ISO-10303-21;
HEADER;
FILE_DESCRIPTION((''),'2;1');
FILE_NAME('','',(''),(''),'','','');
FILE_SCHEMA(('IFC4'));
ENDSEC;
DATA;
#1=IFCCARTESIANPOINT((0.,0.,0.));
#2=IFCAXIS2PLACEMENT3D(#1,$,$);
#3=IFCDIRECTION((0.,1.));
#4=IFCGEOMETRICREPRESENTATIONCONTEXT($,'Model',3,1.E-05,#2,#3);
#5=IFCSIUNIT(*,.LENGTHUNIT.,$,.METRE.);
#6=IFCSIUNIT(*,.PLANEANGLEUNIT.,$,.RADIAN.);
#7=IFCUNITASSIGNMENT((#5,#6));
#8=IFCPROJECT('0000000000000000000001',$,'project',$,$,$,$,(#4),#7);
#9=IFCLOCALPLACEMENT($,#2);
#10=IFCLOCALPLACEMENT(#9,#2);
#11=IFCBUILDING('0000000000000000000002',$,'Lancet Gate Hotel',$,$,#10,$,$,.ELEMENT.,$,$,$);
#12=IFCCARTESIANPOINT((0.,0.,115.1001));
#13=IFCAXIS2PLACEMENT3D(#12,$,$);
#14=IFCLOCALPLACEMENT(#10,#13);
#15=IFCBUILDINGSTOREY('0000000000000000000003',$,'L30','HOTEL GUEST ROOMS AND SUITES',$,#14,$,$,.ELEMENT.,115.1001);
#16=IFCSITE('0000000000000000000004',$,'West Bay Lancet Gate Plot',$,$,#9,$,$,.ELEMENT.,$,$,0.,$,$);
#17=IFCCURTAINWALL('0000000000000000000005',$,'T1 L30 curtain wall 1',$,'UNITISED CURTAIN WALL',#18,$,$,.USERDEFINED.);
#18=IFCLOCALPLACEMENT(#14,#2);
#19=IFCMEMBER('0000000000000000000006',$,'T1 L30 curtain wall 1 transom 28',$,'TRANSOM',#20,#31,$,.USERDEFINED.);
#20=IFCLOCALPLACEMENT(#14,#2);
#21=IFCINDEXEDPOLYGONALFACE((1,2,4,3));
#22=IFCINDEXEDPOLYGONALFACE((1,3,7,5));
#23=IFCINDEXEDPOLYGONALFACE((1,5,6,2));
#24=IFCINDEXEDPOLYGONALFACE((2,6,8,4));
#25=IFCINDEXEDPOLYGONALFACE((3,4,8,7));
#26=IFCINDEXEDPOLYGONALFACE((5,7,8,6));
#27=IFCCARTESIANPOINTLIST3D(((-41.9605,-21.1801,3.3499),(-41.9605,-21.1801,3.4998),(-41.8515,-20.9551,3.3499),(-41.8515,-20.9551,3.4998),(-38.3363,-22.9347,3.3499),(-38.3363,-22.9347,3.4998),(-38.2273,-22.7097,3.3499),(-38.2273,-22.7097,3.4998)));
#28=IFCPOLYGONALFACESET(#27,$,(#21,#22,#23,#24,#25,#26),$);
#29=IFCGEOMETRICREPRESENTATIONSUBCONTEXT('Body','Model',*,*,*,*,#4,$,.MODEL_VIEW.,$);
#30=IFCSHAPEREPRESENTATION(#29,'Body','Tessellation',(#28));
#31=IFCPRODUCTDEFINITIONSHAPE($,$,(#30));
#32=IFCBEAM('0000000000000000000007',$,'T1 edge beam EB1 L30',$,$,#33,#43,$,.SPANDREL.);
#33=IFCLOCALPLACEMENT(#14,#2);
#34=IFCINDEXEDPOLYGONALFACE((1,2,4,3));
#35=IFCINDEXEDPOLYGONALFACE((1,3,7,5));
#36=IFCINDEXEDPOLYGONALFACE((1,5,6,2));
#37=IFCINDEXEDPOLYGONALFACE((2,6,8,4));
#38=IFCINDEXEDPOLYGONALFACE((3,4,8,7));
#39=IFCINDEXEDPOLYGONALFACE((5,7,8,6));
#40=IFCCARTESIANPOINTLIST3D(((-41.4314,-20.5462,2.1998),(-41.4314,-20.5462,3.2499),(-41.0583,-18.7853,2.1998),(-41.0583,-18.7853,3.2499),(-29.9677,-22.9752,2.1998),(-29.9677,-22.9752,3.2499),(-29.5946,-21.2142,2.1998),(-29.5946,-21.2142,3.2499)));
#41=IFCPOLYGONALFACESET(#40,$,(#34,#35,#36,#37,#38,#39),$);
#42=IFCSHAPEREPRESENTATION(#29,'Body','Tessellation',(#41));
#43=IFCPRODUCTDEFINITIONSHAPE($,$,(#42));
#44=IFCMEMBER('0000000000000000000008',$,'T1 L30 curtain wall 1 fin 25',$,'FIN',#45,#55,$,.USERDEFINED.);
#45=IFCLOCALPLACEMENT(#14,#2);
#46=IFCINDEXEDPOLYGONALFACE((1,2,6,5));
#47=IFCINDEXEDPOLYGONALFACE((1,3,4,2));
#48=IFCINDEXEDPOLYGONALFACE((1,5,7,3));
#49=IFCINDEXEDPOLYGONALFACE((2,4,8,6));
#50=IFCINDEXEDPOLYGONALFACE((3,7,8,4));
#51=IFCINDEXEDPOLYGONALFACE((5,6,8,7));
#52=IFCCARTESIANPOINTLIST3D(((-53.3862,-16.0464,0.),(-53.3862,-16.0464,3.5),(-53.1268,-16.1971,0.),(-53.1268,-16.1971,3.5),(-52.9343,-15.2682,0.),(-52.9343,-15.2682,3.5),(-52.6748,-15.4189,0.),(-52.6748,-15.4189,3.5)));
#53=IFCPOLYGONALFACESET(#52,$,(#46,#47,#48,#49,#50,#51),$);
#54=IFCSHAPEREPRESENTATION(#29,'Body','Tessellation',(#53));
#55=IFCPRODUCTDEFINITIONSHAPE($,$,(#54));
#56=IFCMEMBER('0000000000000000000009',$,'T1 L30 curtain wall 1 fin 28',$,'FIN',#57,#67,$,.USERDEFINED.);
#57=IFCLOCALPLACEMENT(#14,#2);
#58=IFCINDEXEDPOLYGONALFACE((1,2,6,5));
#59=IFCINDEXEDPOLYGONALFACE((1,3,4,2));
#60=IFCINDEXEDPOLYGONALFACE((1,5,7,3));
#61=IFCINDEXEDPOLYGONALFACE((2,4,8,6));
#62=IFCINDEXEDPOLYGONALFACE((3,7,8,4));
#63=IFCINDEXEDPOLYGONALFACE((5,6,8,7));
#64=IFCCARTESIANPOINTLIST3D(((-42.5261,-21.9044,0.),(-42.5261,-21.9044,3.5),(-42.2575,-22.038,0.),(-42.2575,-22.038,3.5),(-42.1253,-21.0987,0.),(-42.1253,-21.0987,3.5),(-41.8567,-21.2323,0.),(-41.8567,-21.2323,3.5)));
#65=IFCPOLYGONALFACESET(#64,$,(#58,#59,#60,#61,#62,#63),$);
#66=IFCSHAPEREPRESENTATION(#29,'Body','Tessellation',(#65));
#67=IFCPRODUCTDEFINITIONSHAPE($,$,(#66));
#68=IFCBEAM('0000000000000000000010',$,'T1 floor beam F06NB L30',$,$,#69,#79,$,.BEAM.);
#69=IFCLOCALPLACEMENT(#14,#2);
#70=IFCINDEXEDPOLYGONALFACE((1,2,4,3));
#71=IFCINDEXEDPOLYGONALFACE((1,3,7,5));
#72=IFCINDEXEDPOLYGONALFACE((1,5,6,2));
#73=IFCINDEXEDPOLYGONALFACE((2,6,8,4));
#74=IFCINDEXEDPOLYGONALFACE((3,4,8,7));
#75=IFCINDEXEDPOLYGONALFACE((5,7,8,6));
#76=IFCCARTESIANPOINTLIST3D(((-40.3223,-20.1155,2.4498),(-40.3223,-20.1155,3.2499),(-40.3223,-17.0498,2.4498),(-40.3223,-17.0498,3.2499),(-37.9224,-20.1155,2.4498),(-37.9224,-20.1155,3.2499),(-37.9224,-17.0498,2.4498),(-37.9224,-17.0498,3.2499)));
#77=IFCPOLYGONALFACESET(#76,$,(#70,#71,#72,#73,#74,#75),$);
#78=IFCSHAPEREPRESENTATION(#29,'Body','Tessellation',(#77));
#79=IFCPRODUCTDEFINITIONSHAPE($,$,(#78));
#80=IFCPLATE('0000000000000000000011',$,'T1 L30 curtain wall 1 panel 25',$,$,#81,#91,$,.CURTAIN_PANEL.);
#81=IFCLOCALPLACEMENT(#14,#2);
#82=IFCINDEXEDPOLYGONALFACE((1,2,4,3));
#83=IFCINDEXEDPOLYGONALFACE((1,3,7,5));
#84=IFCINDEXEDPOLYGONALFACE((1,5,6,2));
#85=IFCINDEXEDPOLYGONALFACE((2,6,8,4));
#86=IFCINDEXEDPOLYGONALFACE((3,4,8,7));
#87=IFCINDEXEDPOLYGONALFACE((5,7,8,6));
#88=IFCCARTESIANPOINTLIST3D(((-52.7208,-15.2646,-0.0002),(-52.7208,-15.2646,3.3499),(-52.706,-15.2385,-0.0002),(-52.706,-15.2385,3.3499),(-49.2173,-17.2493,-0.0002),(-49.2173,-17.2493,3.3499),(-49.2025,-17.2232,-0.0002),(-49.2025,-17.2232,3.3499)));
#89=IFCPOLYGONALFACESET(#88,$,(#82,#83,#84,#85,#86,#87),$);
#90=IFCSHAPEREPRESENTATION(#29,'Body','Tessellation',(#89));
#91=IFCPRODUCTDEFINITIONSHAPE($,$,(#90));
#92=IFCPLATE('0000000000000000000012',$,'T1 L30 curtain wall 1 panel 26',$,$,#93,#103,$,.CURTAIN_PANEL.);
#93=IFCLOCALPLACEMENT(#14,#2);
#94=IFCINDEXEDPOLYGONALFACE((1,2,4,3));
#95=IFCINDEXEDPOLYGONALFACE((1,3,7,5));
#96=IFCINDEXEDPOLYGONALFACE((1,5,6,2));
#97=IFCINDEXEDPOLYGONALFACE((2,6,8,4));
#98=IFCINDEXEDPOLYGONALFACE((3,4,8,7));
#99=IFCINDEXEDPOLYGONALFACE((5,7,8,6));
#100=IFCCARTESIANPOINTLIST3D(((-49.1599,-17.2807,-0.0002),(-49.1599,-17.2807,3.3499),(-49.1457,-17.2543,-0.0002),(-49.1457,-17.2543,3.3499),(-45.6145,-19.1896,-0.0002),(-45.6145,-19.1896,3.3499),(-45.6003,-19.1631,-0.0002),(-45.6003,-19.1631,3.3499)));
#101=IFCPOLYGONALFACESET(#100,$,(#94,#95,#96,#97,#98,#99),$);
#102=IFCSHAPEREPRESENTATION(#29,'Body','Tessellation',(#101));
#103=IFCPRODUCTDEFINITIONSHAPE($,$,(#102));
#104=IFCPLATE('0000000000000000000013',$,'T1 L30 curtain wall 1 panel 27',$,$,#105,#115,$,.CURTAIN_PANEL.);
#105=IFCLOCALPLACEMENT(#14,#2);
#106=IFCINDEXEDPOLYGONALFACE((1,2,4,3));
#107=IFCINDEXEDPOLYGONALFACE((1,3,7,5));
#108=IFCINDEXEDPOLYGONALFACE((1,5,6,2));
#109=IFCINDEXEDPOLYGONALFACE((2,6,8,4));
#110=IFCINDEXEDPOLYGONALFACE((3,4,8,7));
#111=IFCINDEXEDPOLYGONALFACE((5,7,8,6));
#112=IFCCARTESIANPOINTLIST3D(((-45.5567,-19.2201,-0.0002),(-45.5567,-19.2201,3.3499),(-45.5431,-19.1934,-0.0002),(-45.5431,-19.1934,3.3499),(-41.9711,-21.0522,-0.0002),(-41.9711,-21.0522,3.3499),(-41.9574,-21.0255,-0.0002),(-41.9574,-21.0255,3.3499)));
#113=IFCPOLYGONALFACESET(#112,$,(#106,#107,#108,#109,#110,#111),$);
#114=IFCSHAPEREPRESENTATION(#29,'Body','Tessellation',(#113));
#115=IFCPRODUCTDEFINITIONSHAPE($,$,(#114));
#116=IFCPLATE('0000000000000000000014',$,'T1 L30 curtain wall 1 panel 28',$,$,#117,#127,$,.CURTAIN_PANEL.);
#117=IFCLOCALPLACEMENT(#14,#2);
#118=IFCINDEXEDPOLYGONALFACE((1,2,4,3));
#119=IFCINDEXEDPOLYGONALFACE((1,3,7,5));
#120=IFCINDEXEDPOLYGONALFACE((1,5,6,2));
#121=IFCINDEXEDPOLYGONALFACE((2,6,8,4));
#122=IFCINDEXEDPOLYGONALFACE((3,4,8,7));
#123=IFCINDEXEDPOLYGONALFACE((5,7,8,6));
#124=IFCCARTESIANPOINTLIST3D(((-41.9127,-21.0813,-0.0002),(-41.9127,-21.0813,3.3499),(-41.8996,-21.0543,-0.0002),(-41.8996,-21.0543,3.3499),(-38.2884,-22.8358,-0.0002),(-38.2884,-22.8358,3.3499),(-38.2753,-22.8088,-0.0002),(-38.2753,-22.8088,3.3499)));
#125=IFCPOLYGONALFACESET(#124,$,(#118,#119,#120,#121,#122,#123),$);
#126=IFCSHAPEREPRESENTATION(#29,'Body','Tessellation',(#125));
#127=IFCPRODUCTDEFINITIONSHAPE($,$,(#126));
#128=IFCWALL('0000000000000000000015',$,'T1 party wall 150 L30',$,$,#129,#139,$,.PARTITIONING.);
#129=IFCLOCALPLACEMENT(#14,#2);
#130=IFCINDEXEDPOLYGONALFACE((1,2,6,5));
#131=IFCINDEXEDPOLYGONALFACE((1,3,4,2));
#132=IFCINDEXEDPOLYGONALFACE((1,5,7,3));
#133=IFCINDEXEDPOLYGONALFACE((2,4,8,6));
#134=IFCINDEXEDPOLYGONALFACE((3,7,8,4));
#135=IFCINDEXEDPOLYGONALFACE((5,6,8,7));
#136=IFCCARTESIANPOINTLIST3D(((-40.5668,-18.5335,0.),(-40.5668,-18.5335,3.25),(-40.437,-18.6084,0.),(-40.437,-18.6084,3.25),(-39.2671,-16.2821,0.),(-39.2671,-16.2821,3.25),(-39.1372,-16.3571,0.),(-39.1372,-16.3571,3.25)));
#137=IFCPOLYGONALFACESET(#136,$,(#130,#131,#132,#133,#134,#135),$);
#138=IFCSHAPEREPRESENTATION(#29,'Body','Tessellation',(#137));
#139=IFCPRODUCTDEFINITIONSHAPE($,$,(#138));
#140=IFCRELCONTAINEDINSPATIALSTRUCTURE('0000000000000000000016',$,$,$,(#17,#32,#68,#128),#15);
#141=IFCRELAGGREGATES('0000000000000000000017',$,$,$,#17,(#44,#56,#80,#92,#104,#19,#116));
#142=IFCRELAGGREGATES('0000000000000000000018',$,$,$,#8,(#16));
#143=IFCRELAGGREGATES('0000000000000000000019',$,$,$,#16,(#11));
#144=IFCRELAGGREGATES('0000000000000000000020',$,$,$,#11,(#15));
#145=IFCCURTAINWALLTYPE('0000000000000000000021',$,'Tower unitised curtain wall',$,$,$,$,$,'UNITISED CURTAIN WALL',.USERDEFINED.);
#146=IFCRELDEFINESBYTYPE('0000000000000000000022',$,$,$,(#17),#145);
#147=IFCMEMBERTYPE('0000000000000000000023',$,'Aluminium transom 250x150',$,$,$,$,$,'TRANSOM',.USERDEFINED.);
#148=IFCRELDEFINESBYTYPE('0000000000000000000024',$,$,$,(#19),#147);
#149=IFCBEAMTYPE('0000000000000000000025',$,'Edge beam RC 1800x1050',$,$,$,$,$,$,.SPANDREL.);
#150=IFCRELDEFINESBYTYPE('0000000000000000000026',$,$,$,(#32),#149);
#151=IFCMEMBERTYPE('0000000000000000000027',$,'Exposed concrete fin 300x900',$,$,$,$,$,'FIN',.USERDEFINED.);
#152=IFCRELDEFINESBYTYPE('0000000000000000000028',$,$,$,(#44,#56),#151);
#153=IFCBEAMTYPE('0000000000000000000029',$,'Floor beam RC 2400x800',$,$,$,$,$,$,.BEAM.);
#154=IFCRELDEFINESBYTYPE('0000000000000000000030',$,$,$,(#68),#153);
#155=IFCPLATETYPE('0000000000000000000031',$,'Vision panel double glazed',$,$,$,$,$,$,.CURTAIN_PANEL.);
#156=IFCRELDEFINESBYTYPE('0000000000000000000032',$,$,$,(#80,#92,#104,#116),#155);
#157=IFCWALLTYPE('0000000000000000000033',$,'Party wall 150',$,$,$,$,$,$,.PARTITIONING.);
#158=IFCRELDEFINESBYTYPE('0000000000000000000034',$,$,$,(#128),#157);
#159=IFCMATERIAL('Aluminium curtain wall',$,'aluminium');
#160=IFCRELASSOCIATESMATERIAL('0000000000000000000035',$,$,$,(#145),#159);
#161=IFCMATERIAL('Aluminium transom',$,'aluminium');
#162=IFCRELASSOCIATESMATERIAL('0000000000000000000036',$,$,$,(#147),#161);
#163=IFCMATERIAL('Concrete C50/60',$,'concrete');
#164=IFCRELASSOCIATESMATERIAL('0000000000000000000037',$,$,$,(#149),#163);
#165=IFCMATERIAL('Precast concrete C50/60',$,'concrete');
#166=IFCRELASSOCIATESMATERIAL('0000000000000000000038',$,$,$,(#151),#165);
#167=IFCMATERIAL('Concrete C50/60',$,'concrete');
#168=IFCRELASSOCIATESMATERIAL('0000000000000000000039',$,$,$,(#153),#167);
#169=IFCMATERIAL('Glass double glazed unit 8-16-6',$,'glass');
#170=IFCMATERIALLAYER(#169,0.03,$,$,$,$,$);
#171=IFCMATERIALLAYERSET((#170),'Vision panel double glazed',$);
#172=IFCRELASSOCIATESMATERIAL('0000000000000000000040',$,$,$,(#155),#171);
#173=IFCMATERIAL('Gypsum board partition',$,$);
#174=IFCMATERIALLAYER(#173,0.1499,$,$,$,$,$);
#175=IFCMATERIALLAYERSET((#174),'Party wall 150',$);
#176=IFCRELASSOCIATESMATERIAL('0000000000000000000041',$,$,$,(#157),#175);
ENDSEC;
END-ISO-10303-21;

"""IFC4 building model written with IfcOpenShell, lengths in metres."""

from ifc_helpers import new_model, si_unit, direction, frame, frame_2d, origin, origin_2d, place, context, subcontext, project, spatial, rectangle, extrude, material, layer, layer_set, material_profile, profile_set, type_object, element, aggregate, save


model = new_model("IFC4")

# Units and contexts
model_context = context("Model", 3, precision=1e-05, world=origin(), true_north=direction((0.0, 1.0)))
body_context = subcontext(model_context, "Body", "Model", "MODEL_VIEW")
ifc_project = project(units=[si_unit("LENGTHUNIT", "METRE"), si_unit("PLANEANGLEUNIT", "RADIAN")], contexts=[model_context])

# Site, building, storey
site_placement = place(None, origin())
site = spatial("IfcSite", under=ifc_project, at=site_placement, Name="West Bay Lancet Gate Plot", CompositionType="ELEMENT", RefElevation=0.0)
building_placement = place(site_placement, origin())
building = spatial("IfcBuilding", under=site, at=building_placement, Name="Lancet Gate Hotel", CompositionType="ELEMENT")
storey_placement = place(building_placement, frame((0.0, 0.0, 115.1001)))
storey = spatial("IfcBuildingStorey", under=building, at=storey_placement, Name="L30", Description="HOTEL GUEST ROOMS AND SUITES", CompositionType="ELEMENT", Elevation=115.1001)

# Curtain wall, member
ifc_material_1 = material(Name="Aluminium curtain wall", Category="aluminium")
curtain_wall_type = type_object("IfcCurtainWallType", Name="Tower unitised curtain wall", ElementType="UNITISED CURTAIN WALL", PredefinedType="USERDEFINED", material=ifc_material_1)
curtain_wall_placement = place(storey_placement, origin())
curtain_wall = element("IfcCurtainWall", 1, at=curtain_wall_placement, inside=storey, type_object=curtain_wall_type, Name="T1 L30 curtain wall 1", ObjectType="UNITISED CURTAIN WALL", PredefinedType="USERDEFINED")
ifc_material_2 = material(Name="Aluminium transom", Category="aluminium")
ifc_material_profile_1 = material_profile(ifc_material_2, rectangle(XDim=0.25, YDim=0.1499, at=origin_2d()), Name="TRANSOM 250x150")
ifc_profile_set_1 = profile_set([ifc_material_profile_1], Name="Aluminium transom")
member_type_1 = type_object("IfcMemberType", Name="Aluminium transom 250x150", ElementType="TRANSOM", PredefinedType="USERDEFINED", material=ifc_profile_set_1)
member_1_placement = place(storey_placement, frame((-41.906, -21.0676, 3.4248), z_axis=(0.900066, -0.435754, 0.0), x_axis=(0.435754, 0.900066, 0.0)))
member_1 = element("IfcMember", 2, at=member_1_placement, type_object=member_type_1, Name="T1 L30 curtain wall 1 transom 28", ObjectType="TRANSOM", PredefinedType="USERDEFINED", context=body_context, shape_type="SweptSolid", body=[
    extrude(rectangle(XDim=0.25, YDim=0.1499, at=origin_2d()), origin(), (0.0, 0.0, 1.0), 4.0266),
])

# Beam
ifc_material_3 = material(Name="Concrete C50/60", Category="concrete")
ifc_material_profile_2 = material_profile(ifc_material_3, rectangle(XDim=1.8, YDim=1.05, at=origin_2d()), Name="RC 1800x1050")
ifc_profile_set_2 = profile_set([ifc_material_profile_2], Name="Concrete C50/60")
beam_type_1 = type_object("IfcBeamType", Name="Edge beam RC 1800x1050", PredefinedType="SPANDREL", material=ifc_profile_set_2)
beam_1_placement = place(storey_placement, frame((-41.2449, -19.6658, 2.7249), z_axis=(0.978282, -0.207278, 0.0), x_axis=(0.207278, 0.978282, 0.0)))
element("IfcBeam", 3, at=beam_1_placement, inside=storey, type_object=beam_type_1, Name="T1 edge beam EB1 L30", PredefinedType="SPANDREL", context=body_context, shape_type="SweptSolid", body=[
    extrude(rectangle(XDim=1.8, YDim=1.05, at=origin_2d()), origin(), (0.0, 0.0, 1.0), 11.7183),
])

# Members
ifc_material_4 = material(Name="Precast concrete C50/60", Category="concrete")
ifc_material_profile_3 = material_profile(ifc_material_4, rectangle(XDim=0.3, YDim=0.8999, at=origin_2d()), Name="FIN 300x900")
ifc_profile_set_3 = profile_set([ifc_material_profile_3], Name="Precast concrete C50/60")
member_type_2 = type_object("IfcMemberType", Name="Exposed concrete fin 300x900", ElementType="FIN", PredefinedType="USERDEFINED", material=ifc_profile_set_3)
member_2_placement = place(storey_placement, frame((-53.0305, -15.7327, 0.0), z_axis=(0.0, 0.0, 1.0), x_axis=(0.864728, -0.502241, 0.0)))
member_2 = element("IfcMember", 4, at=member_2_placement, type_object=member_type_2, Name="T1 L30 curtain wall 1 fin 25", ObjectType="FIN", PredefinedType="USERDEFINED", context=body_context, shape_type="SweptSolid", body=[
    extrude(rectangle(XDim=0.3, YDim=0.8999, at=origin_2d()), origin(), (0.0, 0.0, 1.0), 3.5),
])
member_3_placement = place(storey_placement, frame((-42.1914, -21.5684, 0.0), z_axis=(0.0, 0.0, 1.0), x_axis=(0.895339, -0.445384, 0.0)))
member_3 = element("IfcMember", 5, at=member_3_placement, type_object=member_type_2, Name="T1 L30 curtain wall 1 fin 28", ObjectType="FIN", PredefinedType="USERDEFINED", context=body_context, shape_type="SweptSolid", body=[
    extrude(rectangle(XDim=0.3, YDim=0.8999, at=origin_2d()), origin(), (0.0, 0.0, 1.0), 3.5),
])

# Beam
ifc_material_5 = material(Name="Concrete C50/60", Category="concrete")
ifc_material_profile_4 = material_profile(ifc_material_5, rectangle(XDim=2.3999, YDim=0.8, at=origin_2d()), Name="RC 2400x800")
ifc_profile_set_4 = profile_set([ifc_material_profile_4], Name="Concrete C50/60")
beam_type_2 = type_object("IfcBeamType", Name="Floor beam RC 2400x800", PredefinedType="BEAM", material=ifc_profile_set_4)
beam_2_placement = place(storey_placement, frame((-39.1223, -17.0498, 2.8499), z_axis=(0.0, -1.0, 0.0), x_axis=(1.0, 0.0, 0.0)))
element("IfcBeam", 6, at=beam_2_placement, inside=storey, type_object=beam_type_2, Name="T1 floor beam F06NB L30", PredefinedType="BEAM", context=body_context, shape_type="SweptSolid", body=[
    extrude(rectangle(XDim=2.3999, YDim=0.8, at=origin_2d()), origin(), (0.0, 0.0, 1.0), 3.0657),
])

# Plates
ifc_material_6 = material(Name="Glass double glazed unit 8-16-6", Category="glass")
ifc_layer_1 = layer(ifc_material_6, 0.03)
ifc_layer_set_1 = layer_set([ifc_layer_1], Name="Vision panel double glazed")
plate_type = type_object("IfcPlateType", Name="Vision panel double glazed", PredefinedType="CURTAIN_PANEL", material=ifc_layer_set_1)
plate_1_placement = place(storey_placement, frame((-50.9617, -16.2439, -0.0002), z_axis=(0.0, 0.0, 1.0), x_axis=(0.870084, -0.492904, 0.0)))
plate_1 = element("IfcPlate", 7, at=plate_1_placement, type_object=plate_type, Name="T1 L30 curtain wall 1 panel 25", PredefinedType="CURTAIN_PANEL", context=body_context, shape_type="SweptSolid", body=[
    extrude(rectangle(XDim=4.0266, YDim=0.03, at=origin_2d()), origin(), (0.0, 0.0, 1.0), 3.3501),
])
plate_2_placement = place(storey_placement, frame((-47.3801, -18.2219, -0.0002), z_axis=(0.0, 0.0, 1.0), x_axis=(0.880493, -0.47406, 0.0)))
plate_2 = element("IfcPlate", 8, at=plate_2_placement, type_object=plate_type, Name="T1 L30 curtain wall 1 panel 26", PredefinedType="CURTAIN_PANEL", context=body_context, shape_type="SweptSolid", body=[
    extrude(rectangle(XDim=4.0266, YDim=0.03, at=origin_2d()), origin(), (0.0, 0.0, 1.0), 3.3501),
])
plate_3_placement = place(storey_placement, frame((-43.7571, -20.1228, -0.0002), z_axis=(0.0, 0.0, 1.0), x_axis=(0.890493, -0.454996, 0.0)))
plate_3 = element("IfcPlate", 9, at=plate_3_placement, type_object=plate_type, Name="T1 L30 curtain wall 1 panel 27", PredefinedType="CURTAIN_PANEL", context=body_context, shape_type="SweptSolid", body=[
    extrude(rectangle(XDim=4.0266, YDim=0.03, at=origin_2d()), origin(), (0.0, 0.0, 1.0), 3.3501),
])
plate_4_placement = place(storey_placement, frame((-40.094, -21.9451, -0.0002), z_axis=(0.0, 0.0, 1.0), x_axis=(0.900082, -0.435721, 0.0)))
plate_4 = element("IfcPlate", 10, at=plate_4_placement, type_object=plate_type, Name="T1 L30 curtain wall 1 panel 28", PredefinedType="CURTAIN_PANEL", context=body_context, shape_type="SweptSolid", body=[
    extrude(rectangle(XDim=4.0266, YDim=0.03, at=origin_2d()), origin(), (0.0, 0.0, 1.0), 3.3501),
])
aggregate(curtain_wall, [member_2, member_3, plate_1, plate_2, plate_3, member_1, plate_4])

# Wall
ifc_material_7 = material(Name="Gypsum board partition")
ifc_layer_2 = layer(ifc_material_7, 0.1499)
ifc_layer_set_2 = layer_set([ifc_layer_2], Name="Party wall 150")
wall_type = type_object("IfcWallType", Name="Party wall 150", PredefinedType="PARTITIONING", material=ifc_layer_set_2)
wall_placement = place(storey_placement, frame((-39.2021, -16.3196, 0.0), z_axis=(0.0, 0.0, 1.0), x_axis=(-0.499977, -0.866039, 0.0)))
element("IfcWall", 11, at=wall_placement, inside=storey, type_object=wall_type, Name="T1 party wall 150 L30", PredefinedType="PARTITIONING", context=body_context, shape_type="SweptSolid", body=[
    extrude(rectangle(XDim=2.5996, YDim=0.1499, at=frame_2d((1.2998, 0.0))), origin(), (0.0, 0.0, 1.0), 3.25),
])

save(model, "model.ifc")
